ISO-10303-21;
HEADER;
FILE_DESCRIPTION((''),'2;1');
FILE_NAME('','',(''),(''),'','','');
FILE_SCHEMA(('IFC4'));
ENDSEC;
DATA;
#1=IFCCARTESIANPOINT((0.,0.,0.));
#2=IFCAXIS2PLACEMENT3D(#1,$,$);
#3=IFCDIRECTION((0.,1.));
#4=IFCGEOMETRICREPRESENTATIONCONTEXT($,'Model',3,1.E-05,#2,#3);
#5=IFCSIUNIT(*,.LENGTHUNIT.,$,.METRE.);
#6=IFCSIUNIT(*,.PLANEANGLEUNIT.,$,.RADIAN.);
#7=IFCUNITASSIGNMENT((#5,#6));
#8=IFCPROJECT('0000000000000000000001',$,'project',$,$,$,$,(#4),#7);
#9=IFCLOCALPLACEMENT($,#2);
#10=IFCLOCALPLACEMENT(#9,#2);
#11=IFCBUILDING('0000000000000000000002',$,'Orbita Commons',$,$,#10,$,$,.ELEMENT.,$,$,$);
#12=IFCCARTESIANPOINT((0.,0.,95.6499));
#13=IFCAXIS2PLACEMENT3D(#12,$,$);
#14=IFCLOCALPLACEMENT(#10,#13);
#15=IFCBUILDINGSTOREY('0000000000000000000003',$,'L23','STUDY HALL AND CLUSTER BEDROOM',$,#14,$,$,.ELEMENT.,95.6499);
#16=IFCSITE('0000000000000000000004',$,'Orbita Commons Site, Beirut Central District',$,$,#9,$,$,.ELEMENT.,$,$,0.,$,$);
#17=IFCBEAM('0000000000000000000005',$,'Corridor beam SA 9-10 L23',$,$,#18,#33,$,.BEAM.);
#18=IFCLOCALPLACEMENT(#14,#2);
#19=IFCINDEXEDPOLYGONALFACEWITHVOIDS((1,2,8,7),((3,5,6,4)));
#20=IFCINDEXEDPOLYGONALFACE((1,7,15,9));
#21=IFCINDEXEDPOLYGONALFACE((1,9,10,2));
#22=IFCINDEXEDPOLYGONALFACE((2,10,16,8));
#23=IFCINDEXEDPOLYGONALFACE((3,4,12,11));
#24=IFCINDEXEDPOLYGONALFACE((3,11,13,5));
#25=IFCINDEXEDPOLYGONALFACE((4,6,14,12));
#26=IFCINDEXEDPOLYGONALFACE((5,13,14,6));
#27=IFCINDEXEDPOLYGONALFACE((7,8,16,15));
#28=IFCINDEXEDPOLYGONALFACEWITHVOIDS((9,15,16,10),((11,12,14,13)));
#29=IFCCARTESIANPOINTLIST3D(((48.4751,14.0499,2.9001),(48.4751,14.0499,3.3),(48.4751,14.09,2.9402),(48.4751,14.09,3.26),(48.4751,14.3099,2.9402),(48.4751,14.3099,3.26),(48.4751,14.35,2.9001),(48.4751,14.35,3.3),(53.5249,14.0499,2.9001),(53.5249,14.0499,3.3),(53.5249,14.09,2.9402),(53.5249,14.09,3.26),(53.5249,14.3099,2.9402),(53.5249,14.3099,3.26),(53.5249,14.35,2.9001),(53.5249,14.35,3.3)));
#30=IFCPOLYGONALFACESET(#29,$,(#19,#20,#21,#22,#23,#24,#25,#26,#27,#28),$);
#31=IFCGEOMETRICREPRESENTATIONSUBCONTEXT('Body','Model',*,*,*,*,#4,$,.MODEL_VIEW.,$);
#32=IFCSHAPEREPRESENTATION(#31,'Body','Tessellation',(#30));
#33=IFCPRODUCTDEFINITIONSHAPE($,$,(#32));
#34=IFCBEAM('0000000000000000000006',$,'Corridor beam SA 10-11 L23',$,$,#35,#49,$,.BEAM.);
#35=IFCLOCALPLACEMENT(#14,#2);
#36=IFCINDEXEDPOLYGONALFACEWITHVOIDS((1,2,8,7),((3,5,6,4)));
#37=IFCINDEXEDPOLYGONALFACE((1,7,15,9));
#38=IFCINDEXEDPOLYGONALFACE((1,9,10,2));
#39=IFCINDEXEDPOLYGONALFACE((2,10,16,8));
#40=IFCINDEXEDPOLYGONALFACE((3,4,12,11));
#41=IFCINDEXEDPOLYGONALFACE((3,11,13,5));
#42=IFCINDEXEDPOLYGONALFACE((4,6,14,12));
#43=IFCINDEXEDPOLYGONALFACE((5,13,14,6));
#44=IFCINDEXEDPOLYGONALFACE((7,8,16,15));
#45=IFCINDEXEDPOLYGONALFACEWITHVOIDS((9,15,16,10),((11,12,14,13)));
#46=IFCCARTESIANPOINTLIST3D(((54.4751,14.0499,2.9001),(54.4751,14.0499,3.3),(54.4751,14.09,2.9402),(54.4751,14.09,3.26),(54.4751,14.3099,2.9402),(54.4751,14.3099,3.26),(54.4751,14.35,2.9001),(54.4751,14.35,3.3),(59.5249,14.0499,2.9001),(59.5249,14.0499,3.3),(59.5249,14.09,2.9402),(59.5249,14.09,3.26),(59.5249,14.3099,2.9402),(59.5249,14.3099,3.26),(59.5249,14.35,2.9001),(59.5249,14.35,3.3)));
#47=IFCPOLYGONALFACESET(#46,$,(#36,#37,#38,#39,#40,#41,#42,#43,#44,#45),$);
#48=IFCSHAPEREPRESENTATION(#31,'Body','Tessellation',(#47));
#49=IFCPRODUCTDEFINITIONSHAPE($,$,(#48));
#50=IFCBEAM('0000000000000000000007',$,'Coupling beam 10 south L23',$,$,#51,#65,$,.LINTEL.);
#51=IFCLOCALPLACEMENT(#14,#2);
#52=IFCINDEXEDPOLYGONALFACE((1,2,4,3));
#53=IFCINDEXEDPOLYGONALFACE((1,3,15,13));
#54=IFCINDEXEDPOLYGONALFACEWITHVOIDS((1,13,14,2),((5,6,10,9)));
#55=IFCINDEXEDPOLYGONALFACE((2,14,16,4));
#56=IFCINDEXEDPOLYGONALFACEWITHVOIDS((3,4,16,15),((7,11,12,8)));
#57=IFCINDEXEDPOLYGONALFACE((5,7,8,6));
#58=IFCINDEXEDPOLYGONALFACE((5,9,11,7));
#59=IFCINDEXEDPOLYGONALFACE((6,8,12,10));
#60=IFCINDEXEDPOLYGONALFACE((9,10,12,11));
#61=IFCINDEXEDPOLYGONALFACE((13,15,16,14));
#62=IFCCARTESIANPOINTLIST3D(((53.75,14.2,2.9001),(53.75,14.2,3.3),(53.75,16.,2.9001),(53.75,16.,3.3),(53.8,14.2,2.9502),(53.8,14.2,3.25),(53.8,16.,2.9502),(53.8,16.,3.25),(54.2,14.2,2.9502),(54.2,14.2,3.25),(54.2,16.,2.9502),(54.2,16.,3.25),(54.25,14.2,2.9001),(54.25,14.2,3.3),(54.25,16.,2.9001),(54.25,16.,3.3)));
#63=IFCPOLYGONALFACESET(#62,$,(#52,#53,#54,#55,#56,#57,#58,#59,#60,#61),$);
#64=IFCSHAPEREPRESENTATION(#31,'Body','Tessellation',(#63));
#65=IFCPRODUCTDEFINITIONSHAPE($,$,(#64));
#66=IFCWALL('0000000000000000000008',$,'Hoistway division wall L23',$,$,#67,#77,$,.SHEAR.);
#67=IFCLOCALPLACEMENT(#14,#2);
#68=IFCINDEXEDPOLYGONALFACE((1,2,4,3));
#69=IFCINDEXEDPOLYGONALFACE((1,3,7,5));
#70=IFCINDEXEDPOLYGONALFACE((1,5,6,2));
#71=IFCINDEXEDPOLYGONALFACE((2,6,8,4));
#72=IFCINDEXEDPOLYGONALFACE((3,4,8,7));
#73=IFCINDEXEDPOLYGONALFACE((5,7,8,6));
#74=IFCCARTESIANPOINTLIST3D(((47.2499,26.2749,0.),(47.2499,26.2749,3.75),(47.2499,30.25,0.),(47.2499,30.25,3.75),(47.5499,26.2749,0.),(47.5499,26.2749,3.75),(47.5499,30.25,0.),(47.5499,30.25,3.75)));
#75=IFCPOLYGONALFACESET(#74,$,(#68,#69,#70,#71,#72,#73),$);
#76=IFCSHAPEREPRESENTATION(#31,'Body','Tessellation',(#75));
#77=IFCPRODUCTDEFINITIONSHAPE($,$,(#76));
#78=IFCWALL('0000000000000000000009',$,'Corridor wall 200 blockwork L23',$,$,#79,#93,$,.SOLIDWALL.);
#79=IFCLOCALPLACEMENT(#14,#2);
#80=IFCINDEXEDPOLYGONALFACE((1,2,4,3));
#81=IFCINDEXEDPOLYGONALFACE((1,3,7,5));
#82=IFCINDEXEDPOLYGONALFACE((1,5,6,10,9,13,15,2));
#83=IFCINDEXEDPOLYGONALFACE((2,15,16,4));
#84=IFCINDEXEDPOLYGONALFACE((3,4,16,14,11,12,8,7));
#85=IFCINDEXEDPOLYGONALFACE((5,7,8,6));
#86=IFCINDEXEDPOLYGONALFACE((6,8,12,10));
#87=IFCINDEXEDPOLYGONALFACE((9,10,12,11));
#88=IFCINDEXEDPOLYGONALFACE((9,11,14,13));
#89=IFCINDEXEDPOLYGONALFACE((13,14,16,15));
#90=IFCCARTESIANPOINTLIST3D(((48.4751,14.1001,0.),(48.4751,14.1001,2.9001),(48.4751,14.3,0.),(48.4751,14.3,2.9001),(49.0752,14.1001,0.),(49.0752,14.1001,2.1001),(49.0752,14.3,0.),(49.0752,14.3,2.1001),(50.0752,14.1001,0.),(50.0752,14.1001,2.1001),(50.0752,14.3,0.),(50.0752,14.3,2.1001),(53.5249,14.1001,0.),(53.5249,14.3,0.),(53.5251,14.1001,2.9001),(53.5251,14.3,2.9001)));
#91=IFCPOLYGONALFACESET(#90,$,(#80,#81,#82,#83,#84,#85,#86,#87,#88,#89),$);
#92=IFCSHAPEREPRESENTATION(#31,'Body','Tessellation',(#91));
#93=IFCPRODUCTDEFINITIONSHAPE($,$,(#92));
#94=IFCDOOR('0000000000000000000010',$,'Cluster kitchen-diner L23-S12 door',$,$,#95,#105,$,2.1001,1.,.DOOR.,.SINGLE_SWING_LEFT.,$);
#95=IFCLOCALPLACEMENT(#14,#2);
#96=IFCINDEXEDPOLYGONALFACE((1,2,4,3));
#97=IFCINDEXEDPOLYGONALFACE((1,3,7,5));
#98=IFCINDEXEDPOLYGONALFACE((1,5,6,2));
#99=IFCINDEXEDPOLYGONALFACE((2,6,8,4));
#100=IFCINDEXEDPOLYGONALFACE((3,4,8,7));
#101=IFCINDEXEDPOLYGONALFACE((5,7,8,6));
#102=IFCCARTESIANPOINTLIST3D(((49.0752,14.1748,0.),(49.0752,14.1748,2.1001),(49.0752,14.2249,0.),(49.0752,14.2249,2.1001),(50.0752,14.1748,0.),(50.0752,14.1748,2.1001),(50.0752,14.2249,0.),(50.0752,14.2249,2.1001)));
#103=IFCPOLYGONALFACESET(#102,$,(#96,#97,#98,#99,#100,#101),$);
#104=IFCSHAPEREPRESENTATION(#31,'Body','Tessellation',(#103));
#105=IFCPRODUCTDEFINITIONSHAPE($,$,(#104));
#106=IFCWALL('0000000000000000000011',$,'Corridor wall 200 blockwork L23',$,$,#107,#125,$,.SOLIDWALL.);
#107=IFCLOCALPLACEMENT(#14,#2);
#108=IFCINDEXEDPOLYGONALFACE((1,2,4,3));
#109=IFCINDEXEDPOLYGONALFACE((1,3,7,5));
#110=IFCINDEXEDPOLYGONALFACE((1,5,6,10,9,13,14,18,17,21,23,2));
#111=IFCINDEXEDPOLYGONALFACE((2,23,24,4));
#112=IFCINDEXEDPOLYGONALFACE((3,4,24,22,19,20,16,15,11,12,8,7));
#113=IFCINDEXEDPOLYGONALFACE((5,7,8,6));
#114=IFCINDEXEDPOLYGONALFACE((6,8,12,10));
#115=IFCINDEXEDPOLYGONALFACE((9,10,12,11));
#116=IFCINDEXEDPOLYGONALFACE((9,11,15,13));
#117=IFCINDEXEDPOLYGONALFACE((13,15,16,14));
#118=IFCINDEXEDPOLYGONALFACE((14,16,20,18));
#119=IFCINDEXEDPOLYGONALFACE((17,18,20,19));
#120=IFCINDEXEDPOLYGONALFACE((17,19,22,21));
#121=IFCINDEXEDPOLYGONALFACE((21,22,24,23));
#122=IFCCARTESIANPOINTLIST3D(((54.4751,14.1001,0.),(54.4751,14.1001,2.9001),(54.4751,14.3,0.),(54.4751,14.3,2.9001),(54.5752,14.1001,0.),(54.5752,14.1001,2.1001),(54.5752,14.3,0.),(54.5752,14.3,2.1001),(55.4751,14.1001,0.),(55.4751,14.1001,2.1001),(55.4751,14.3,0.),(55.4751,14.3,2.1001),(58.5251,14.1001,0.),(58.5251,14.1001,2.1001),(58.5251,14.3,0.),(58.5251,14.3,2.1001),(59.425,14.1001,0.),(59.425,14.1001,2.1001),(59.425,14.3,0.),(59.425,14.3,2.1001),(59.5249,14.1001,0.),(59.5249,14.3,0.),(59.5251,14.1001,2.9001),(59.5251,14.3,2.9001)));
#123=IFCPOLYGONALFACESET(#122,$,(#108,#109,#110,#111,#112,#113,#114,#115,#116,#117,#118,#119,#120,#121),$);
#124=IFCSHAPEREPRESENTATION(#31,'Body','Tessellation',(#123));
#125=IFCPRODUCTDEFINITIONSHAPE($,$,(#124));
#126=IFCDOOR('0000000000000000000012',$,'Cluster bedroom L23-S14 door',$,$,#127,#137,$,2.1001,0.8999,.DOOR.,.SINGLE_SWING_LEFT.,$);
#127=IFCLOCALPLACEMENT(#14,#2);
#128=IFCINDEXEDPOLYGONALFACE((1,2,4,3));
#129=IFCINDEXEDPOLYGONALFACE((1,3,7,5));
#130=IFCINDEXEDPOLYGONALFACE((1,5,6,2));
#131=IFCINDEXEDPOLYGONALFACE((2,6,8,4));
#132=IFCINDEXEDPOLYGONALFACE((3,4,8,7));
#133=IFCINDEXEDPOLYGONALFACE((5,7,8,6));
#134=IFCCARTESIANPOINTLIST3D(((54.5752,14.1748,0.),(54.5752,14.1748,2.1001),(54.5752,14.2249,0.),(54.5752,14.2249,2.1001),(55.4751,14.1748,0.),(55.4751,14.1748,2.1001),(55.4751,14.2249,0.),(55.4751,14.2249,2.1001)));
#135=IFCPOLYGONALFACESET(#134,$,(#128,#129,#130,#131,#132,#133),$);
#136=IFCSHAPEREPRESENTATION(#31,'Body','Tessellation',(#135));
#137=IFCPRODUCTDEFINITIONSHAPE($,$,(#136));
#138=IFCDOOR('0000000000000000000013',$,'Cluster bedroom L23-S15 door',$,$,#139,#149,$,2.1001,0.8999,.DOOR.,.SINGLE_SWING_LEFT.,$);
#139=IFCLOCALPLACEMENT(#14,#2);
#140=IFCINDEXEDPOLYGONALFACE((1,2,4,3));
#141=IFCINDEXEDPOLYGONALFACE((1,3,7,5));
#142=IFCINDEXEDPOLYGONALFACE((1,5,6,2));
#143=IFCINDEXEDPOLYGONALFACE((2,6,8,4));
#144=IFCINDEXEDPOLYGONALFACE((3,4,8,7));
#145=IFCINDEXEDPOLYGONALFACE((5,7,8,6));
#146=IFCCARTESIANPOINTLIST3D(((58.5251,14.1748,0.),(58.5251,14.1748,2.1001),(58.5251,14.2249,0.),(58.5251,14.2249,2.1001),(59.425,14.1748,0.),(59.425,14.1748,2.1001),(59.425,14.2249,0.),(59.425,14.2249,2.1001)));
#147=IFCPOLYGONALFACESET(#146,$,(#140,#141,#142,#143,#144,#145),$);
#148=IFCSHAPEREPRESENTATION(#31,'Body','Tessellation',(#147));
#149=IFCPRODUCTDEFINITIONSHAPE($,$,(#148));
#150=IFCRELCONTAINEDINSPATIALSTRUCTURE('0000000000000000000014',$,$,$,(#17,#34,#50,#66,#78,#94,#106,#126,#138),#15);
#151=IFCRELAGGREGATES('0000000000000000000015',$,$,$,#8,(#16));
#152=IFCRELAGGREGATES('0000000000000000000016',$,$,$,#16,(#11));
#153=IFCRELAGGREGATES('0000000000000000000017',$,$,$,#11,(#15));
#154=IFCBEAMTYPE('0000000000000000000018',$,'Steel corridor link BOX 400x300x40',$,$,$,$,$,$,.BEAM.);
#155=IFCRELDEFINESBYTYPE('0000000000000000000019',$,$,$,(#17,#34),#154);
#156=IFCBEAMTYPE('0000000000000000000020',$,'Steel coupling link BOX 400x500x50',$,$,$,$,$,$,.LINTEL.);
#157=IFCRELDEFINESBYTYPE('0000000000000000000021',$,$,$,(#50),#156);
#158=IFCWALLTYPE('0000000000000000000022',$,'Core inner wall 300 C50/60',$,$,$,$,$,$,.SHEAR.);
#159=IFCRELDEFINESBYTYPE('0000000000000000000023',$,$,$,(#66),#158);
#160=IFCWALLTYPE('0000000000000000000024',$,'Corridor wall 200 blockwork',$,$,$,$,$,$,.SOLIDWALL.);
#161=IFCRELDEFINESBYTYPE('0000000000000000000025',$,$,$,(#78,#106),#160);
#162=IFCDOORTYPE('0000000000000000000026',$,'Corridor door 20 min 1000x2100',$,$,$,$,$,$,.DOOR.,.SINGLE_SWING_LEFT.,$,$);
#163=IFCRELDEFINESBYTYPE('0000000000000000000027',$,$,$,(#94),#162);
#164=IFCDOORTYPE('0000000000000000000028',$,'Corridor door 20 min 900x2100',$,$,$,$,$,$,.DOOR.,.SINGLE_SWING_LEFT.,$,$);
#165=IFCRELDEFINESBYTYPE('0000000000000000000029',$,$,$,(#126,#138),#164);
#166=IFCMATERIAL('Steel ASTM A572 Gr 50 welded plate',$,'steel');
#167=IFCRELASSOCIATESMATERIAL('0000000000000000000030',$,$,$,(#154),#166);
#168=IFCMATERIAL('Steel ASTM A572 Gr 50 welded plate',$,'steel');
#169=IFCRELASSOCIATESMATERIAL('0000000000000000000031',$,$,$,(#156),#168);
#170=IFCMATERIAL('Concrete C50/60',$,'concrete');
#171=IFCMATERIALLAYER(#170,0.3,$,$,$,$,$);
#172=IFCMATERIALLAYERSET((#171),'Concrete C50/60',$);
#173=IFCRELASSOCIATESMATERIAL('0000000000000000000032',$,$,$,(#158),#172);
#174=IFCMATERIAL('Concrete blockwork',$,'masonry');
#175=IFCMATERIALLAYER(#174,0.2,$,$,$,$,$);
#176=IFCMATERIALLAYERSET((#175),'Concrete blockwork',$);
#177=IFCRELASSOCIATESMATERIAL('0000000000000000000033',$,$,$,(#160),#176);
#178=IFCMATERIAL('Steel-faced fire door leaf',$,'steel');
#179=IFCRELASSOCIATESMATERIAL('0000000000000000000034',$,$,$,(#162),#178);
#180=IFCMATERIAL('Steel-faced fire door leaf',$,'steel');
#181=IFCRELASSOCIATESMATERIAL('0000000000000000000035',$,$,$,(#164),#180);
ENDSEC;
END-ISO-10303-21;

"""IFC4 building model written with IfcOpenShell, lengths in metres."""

from ifc_helpers import new_model, si_unit, direction, frame, frame_2d, origin, origin_2d, place, context, subcontext, project, spatial, polyline, rectangle, hollow_rectangle, outline, extrude, material, layer, layer_set, material_profile, profile_set, type_object, element, fill, save


model = new_model("IFC4")

# Units and contexts
model_context = context("Model", 3, precision=1e-05, world=origin(), true_north=direction((0.0, 1.0)))
body_context = subcontext(model_context, "Body", "Model", "MODEL_VIEW")
ifc_project = project(units=[si_unit("LENGTHUNIT", "METRE"), si_unit("PLANEANGLEUNIT", "RADIAN")], contexts=[model_context])

# Site, building, storey
site_placement = place(None, origin())
site = spatial("IfcSite", under=ifc_project, at=site_placement, Name="Orbita Commons Site, Beirut Central District", CompositionType="ELEMENT", RefElevation=0.0)
building_placement = place(site_placement, origin())
building = spatial("IfcBuilding", under=site, at=building_placement, Name="Orbita Commons", CompositionType="ELEMENT")
storey_placement = place(building_placement, frame((0.0, 0.0, 95.6499)))
storey = spatial("IfcBuildingStorey", under=building, at=storey_placement, Name="L23", Description="STUDY HALL AND CLUSTER BEDROOM", CompositionType="ELEMENT", Elevation=95.6499)

# Beams
ifc_material_1 = material(Name="Steel ASTM A572 Gr 50 welded plate", Category="steel")
ifc_material_profile_1 = material_profile(ifc_material_1, hollow_rectangle(XDim=0.3, YDim=0.3999, WallThickness=0.04, at=origin_2d()), Name="BOX 400x300x40")
ifc_profile_set_1 = profile_set([ifc_material_profile_1], Name="Steel ASTM A572 Gr 50 welded plate")
beam_type_1 = type_object("IfcBeamType", Name="Steel corridor link BOX 400x300x40", PredefinedType="BEAM", material=ifc_profile_set_1)
for number, where, z_axis, x_axis, name in (
    (1, (48.4751, 14.2, 3.1001), (1.0, 0.0, 0.0), (0.0, 1.0, 0.0), "Corridor beam SA 9-10 L23"),
    (2, (54.4751, 14.2, 3.1001), (1.0, 0.0, 0.0), (0.0, 1.0, 0.0), "Corridor beam SA 10-11 L23"),
):
    element("IfcBeam", number, at=place(storey_placement, frame(where, z_axis=z_axis, x_axis=x_axis)), inside=storey, type_object=beam_type_1, Name=name, PredefinedType="BEAM", context=body_context, shape_type="SweptSolid", body=[
        extrude(hollow_rectangle(XDim=0.3, YDim=0.3999, WallThickness=0.04, at=origin_2d()), origin(), (0.0, 0.0, 1.0), 5.0498),
    ])
ifc_material_2 = material(Name="Steel ASTM A572 Gr 50 welded plate", Category="steel")
ifc_material_profile_2 = material_profile(ifc_material_2, hollow_rectangle(XDim=0.5, YDim=0.3999, WallThickness=0.05, at=origin_2d()), Name="BOX 400x500x50")
ifc_profile_set_2 = profile_set([ifc_material_profile_2], Name="Steel ASTM A572 Gr 50 welded plate")
beam_type_2 = type_object("IfcBeamType", Name="Steel coupling link BOX 400x500x50", PredefinedType="LINTEL", material=ifc_profile_set_2)
beam_placement = place(storey_placement, frame((54.0, 14.2, 3.1001), z_axis=(0.0, 1.0, 0.0), x_axis=(-1.0, 0.0, 0.0)))
element("IfcBeam", 3, at=beam_placement, inside=storey, type_object=beam_type_2, Name="Coupling beam 10 south L23", PredefinedType="LINTEL", context=body_context, shape_type="SweptSolid", body=[
    extrude(hollow_rectangle(XDim=0.5, YDim=0.3999, WallThickness=0.05, at=origin_2d()), origin(), (0.0, 0.0, 1.0), 1.8),
])

# Wall
ifc_material_3 = material(Name="Concrete C50/60", Category="concrete")
ifc_layer_1 = layer(ifc_material_3, 0.3)
ifc_layer_set_1 = layer_set([ifc_layer_1], Name="Concrete C50/60")
wall_type_1 = type_object("IfcWallType", Name="Core inner wall 300 C50/60", PredefinedType="SHEAR", material=ifc_layer_set_1)
wall_1_placement = place(storey_placement, frame((47.3999, 26.2749, 0.0), z_axis=(0.0, 0.0, 1.0), x_axis=(0.0, 1.0, 0.0)))
element("IfcWall", 4, at=wall_1_placement, inside=storey, type_object=wall_type_1, Name="Hoistway division wall L23", PredefinedType="SHEAR", context=body_context, shape_type="SweptSolid", body=[
    extrude(rectangle(XDim=3.9751, YDim=0.3, at=frame_2d((1.9875, 0.0))), origin(), (0.0, 0.0, 1.0), 3.75),
])

# Wall, opening, door
ifc_material_4 = material(Name="Concrete blockwork", Category="masonry")
ifc_layer_2 = layer(ifc_material_4, 0.2)
ifc_layer_set_2 = layer_set([ifc_layer_2], Name="Concrete blockwork")
wall_type_2 = type_object("IfcWallType", Name="Corridor wall 200 blockwork", PredefinedType="SOLIDWALL", material=ifc_layer_set_2)
wall_2_placement = place(storey_placement, frame((48.4751, 14.2, 0.0), z_axis=(0.0, 0.0, 1.0), x_axis=(1.0, 0.0, 0.0)))
wall_2 = element("IfcWall", 5, at=wall_2_placement, inside=storey, type_object=wall_type_2, Name="Corridor wall 200 blockwork L23", PredefinedType="SOLIDWALL", context=body_context, shape_type="SweptSolid", body=[
    extrude(outline(polyline([(0.0, 0.0), (5.0498, 0.0), (5.05, 2.9001), (0.0, 2.9001), (0.0, 0.0)])), frame((0.0, 0.1001, 0.0), z_axis=(0.0, -1.0, 0.0), x_axis=(1.0, 0.0, 0.0)), (0.0, 0.0, 1.0), 0.2),
])
opening_1_placement = place(wall_2_placement, frame((0.6001, 0.0, 0.0)))
opening_1 = element("IfcOpeningElement", 6, at=opening_1_placement, cuts=wall_2, PredefinedType="OPENING", context=body_context, shape_type="SweptSolid", body=[
    extrude(rectangle(XDim=1.0, YDim=2.1001, at=frame_2d((0.5, 1.05))), frame((0.0, 0.1099, 0.0), z_axis=(0.0, -1.0, 0.0), x_axis=(1.0, 0.0, 0.0)), (0.0, 0.0, 1.0), 0.22),
])
ifc_material_5 = material(Name="Steel-faced fire door leaf", Category="steel")
door_type_1 = type_object("IfcDoorType", Name="Corridor door 20 min 1000x2100", OperationType="SINGLE_SWING_LEFT", PredefinedType="DOOR", material=ifc_material_5)
door_1_placement = place(opening_1_placement, origin())
door_1 = element("IfcDoor", 7, at=door_1_placement, inside=storey, type_object=door_type_1, Name="Cluster kitchen-diner L23-S12 door", OperationType="SINGLE_SWING_LEFT", OverallHeight=2.1001, OverallWidth=1.0, PredefinedType="DOOR", context=body_context, shape_type="SweptSolid", body=[
    extrude(rectangle(XDim=1.0, YDim=2.1001, at=frame_2d((0.5, 1.05))), frame((0.0, 0.0249, 0.0), z_axis=(0.0, -1.0, 0.0), x_axis=(1.0, 0.0, 0.0)), (0.0, 0.0, 1.0), 0.05),
])
fill(opening_1, door_1)

# Wall, openings, doors
wall_3_placement = place(storey_placement, frame((54.4751, 14.2, 0.0), z_axis=(0.0, 0.0, 1.0), x_axis=(1.0, 0.0, 0.0)))
wall_3 = element("IfcWall", 8, at=wall_3_placement, inside=storey, type_object=wall_type_2, Name="Corridor wall 200 blockwork L23", PredefinedType="SOLIDWALL", context=body_context, shape_type="SweptSolid", body=[
    extrude(outline(polyline([(0.0, 0.0), (5.0498, 0.0), (5.05, 2.9001), (0.0, 2.9001), (0.0, 0.0)])), frame((0.0, 0.1001, 0.0), z_axis=(0.0, -1.0, 0.0), x_axis=(1.0, 0.0, 0.0)), (0.0, 0.0, 1.0), 0.2),
])
opening_2_placement = place(wall_3_placement, frame((0.1001, 0.0, 0.0)))
opening_2 = element("IfcOpeningElement", 9, at=opening_2_placement, cuts=wall_3, PredefinedType="OPENING", context=body_context, shape_type="SweptSolid", body=[
    extrude(rectangle(XDim=0.8999, YDim=2.1001, at=frame_2d((0.45, 1.05))), frame((0.0, 0.1099, 0.0), z_axis=(0.0, -1.0, 0.0), x_axis=(1.0, 0.0, 0.0)), (0.0, 0.0, 1.0), 0.22),
])
opening_3_placement = place(wall_3_placement, frame((4.05, 0.0, 0.0)))
opening_3 = element("IfcOpeningElement", 10, at=opening_3_placement, cuts=wall_3, PredefinedType="OPENING", context=body_context, shape_type="SweptSolid", body=[
    extrude(rectangle(XDim=0.8999, YDim=2.1001, at=frame_2d((0.45, 1.05))), frame((0.0, 0.1099, 0.0), z_axis=(0.0, -1.0, 0.0), x_axis=(1.0, 0.0, 0.0)), (0.0, 0.0, 1.0), 0.22),
])
ifc_material_6 = material(Name="Steel-faced fire door leaf", Category="steel")
door_type_2 = type_object("IfcDoorType", Name="Corridor door 20 min 900x2100", OperationType="SINGLE_SWING_LEFT", PredefinedType="DOOR", material=ifc_material_6)
door_2_placement = place(opening_2_placement, origin())
door_2 = element("IfcDoor", 11, at=door_2_placement, inside=storey, type_object=door_type_2, Name="Cluster bedroom L23-S14 door", OperationType="SINGLE_SWING_LEFT", OverallHeight=2.1001, OverallWidth=0.8999, PredefinedType="DOOR", context=body_context, shape_type="SweptSolid", body=[
    extrude(rectangle(XDim=0.8999, YDim=2.1001, at=frame_2d((0.45, 1.05))), frame((0.0, 0.0249, 0.0), z_axis=(0.0, -1.0, 0.0), x_axis=(1.0, 0.0, 0.0)), (0.0, 0.0, 1.0), 0.05),
])
fill(opening_2, door_2)
door_3_placement = place(opening_3_placement, origin())
door_3 = element("IfcDoor", 12, at=door_3_placement, inside=storey, type_object=door_type_2, Name="Cluster bedroom L23-S15 door", OperationType="SINGLE_SWING_LEFT", OverallHeight=2.1001, OverallWidth=0.8999, PredefinedType="DOOR", context=body_context, shape_type="SweptSolid", body=[
    extrude(rectangle(XDim=0.8999, YDim=2.1001, at=frame_2d((0.45, 1.05))), frame((0.0, 0.0249, 0.0), z_axis=(0.0, -1.0, 0.0), x_axis=(1.0, 0.0, 0.0)), (0.0, 0.0, 1.0), 0.05),
])
fill(opening_3, door_3)

save(model, "model.ifc")
